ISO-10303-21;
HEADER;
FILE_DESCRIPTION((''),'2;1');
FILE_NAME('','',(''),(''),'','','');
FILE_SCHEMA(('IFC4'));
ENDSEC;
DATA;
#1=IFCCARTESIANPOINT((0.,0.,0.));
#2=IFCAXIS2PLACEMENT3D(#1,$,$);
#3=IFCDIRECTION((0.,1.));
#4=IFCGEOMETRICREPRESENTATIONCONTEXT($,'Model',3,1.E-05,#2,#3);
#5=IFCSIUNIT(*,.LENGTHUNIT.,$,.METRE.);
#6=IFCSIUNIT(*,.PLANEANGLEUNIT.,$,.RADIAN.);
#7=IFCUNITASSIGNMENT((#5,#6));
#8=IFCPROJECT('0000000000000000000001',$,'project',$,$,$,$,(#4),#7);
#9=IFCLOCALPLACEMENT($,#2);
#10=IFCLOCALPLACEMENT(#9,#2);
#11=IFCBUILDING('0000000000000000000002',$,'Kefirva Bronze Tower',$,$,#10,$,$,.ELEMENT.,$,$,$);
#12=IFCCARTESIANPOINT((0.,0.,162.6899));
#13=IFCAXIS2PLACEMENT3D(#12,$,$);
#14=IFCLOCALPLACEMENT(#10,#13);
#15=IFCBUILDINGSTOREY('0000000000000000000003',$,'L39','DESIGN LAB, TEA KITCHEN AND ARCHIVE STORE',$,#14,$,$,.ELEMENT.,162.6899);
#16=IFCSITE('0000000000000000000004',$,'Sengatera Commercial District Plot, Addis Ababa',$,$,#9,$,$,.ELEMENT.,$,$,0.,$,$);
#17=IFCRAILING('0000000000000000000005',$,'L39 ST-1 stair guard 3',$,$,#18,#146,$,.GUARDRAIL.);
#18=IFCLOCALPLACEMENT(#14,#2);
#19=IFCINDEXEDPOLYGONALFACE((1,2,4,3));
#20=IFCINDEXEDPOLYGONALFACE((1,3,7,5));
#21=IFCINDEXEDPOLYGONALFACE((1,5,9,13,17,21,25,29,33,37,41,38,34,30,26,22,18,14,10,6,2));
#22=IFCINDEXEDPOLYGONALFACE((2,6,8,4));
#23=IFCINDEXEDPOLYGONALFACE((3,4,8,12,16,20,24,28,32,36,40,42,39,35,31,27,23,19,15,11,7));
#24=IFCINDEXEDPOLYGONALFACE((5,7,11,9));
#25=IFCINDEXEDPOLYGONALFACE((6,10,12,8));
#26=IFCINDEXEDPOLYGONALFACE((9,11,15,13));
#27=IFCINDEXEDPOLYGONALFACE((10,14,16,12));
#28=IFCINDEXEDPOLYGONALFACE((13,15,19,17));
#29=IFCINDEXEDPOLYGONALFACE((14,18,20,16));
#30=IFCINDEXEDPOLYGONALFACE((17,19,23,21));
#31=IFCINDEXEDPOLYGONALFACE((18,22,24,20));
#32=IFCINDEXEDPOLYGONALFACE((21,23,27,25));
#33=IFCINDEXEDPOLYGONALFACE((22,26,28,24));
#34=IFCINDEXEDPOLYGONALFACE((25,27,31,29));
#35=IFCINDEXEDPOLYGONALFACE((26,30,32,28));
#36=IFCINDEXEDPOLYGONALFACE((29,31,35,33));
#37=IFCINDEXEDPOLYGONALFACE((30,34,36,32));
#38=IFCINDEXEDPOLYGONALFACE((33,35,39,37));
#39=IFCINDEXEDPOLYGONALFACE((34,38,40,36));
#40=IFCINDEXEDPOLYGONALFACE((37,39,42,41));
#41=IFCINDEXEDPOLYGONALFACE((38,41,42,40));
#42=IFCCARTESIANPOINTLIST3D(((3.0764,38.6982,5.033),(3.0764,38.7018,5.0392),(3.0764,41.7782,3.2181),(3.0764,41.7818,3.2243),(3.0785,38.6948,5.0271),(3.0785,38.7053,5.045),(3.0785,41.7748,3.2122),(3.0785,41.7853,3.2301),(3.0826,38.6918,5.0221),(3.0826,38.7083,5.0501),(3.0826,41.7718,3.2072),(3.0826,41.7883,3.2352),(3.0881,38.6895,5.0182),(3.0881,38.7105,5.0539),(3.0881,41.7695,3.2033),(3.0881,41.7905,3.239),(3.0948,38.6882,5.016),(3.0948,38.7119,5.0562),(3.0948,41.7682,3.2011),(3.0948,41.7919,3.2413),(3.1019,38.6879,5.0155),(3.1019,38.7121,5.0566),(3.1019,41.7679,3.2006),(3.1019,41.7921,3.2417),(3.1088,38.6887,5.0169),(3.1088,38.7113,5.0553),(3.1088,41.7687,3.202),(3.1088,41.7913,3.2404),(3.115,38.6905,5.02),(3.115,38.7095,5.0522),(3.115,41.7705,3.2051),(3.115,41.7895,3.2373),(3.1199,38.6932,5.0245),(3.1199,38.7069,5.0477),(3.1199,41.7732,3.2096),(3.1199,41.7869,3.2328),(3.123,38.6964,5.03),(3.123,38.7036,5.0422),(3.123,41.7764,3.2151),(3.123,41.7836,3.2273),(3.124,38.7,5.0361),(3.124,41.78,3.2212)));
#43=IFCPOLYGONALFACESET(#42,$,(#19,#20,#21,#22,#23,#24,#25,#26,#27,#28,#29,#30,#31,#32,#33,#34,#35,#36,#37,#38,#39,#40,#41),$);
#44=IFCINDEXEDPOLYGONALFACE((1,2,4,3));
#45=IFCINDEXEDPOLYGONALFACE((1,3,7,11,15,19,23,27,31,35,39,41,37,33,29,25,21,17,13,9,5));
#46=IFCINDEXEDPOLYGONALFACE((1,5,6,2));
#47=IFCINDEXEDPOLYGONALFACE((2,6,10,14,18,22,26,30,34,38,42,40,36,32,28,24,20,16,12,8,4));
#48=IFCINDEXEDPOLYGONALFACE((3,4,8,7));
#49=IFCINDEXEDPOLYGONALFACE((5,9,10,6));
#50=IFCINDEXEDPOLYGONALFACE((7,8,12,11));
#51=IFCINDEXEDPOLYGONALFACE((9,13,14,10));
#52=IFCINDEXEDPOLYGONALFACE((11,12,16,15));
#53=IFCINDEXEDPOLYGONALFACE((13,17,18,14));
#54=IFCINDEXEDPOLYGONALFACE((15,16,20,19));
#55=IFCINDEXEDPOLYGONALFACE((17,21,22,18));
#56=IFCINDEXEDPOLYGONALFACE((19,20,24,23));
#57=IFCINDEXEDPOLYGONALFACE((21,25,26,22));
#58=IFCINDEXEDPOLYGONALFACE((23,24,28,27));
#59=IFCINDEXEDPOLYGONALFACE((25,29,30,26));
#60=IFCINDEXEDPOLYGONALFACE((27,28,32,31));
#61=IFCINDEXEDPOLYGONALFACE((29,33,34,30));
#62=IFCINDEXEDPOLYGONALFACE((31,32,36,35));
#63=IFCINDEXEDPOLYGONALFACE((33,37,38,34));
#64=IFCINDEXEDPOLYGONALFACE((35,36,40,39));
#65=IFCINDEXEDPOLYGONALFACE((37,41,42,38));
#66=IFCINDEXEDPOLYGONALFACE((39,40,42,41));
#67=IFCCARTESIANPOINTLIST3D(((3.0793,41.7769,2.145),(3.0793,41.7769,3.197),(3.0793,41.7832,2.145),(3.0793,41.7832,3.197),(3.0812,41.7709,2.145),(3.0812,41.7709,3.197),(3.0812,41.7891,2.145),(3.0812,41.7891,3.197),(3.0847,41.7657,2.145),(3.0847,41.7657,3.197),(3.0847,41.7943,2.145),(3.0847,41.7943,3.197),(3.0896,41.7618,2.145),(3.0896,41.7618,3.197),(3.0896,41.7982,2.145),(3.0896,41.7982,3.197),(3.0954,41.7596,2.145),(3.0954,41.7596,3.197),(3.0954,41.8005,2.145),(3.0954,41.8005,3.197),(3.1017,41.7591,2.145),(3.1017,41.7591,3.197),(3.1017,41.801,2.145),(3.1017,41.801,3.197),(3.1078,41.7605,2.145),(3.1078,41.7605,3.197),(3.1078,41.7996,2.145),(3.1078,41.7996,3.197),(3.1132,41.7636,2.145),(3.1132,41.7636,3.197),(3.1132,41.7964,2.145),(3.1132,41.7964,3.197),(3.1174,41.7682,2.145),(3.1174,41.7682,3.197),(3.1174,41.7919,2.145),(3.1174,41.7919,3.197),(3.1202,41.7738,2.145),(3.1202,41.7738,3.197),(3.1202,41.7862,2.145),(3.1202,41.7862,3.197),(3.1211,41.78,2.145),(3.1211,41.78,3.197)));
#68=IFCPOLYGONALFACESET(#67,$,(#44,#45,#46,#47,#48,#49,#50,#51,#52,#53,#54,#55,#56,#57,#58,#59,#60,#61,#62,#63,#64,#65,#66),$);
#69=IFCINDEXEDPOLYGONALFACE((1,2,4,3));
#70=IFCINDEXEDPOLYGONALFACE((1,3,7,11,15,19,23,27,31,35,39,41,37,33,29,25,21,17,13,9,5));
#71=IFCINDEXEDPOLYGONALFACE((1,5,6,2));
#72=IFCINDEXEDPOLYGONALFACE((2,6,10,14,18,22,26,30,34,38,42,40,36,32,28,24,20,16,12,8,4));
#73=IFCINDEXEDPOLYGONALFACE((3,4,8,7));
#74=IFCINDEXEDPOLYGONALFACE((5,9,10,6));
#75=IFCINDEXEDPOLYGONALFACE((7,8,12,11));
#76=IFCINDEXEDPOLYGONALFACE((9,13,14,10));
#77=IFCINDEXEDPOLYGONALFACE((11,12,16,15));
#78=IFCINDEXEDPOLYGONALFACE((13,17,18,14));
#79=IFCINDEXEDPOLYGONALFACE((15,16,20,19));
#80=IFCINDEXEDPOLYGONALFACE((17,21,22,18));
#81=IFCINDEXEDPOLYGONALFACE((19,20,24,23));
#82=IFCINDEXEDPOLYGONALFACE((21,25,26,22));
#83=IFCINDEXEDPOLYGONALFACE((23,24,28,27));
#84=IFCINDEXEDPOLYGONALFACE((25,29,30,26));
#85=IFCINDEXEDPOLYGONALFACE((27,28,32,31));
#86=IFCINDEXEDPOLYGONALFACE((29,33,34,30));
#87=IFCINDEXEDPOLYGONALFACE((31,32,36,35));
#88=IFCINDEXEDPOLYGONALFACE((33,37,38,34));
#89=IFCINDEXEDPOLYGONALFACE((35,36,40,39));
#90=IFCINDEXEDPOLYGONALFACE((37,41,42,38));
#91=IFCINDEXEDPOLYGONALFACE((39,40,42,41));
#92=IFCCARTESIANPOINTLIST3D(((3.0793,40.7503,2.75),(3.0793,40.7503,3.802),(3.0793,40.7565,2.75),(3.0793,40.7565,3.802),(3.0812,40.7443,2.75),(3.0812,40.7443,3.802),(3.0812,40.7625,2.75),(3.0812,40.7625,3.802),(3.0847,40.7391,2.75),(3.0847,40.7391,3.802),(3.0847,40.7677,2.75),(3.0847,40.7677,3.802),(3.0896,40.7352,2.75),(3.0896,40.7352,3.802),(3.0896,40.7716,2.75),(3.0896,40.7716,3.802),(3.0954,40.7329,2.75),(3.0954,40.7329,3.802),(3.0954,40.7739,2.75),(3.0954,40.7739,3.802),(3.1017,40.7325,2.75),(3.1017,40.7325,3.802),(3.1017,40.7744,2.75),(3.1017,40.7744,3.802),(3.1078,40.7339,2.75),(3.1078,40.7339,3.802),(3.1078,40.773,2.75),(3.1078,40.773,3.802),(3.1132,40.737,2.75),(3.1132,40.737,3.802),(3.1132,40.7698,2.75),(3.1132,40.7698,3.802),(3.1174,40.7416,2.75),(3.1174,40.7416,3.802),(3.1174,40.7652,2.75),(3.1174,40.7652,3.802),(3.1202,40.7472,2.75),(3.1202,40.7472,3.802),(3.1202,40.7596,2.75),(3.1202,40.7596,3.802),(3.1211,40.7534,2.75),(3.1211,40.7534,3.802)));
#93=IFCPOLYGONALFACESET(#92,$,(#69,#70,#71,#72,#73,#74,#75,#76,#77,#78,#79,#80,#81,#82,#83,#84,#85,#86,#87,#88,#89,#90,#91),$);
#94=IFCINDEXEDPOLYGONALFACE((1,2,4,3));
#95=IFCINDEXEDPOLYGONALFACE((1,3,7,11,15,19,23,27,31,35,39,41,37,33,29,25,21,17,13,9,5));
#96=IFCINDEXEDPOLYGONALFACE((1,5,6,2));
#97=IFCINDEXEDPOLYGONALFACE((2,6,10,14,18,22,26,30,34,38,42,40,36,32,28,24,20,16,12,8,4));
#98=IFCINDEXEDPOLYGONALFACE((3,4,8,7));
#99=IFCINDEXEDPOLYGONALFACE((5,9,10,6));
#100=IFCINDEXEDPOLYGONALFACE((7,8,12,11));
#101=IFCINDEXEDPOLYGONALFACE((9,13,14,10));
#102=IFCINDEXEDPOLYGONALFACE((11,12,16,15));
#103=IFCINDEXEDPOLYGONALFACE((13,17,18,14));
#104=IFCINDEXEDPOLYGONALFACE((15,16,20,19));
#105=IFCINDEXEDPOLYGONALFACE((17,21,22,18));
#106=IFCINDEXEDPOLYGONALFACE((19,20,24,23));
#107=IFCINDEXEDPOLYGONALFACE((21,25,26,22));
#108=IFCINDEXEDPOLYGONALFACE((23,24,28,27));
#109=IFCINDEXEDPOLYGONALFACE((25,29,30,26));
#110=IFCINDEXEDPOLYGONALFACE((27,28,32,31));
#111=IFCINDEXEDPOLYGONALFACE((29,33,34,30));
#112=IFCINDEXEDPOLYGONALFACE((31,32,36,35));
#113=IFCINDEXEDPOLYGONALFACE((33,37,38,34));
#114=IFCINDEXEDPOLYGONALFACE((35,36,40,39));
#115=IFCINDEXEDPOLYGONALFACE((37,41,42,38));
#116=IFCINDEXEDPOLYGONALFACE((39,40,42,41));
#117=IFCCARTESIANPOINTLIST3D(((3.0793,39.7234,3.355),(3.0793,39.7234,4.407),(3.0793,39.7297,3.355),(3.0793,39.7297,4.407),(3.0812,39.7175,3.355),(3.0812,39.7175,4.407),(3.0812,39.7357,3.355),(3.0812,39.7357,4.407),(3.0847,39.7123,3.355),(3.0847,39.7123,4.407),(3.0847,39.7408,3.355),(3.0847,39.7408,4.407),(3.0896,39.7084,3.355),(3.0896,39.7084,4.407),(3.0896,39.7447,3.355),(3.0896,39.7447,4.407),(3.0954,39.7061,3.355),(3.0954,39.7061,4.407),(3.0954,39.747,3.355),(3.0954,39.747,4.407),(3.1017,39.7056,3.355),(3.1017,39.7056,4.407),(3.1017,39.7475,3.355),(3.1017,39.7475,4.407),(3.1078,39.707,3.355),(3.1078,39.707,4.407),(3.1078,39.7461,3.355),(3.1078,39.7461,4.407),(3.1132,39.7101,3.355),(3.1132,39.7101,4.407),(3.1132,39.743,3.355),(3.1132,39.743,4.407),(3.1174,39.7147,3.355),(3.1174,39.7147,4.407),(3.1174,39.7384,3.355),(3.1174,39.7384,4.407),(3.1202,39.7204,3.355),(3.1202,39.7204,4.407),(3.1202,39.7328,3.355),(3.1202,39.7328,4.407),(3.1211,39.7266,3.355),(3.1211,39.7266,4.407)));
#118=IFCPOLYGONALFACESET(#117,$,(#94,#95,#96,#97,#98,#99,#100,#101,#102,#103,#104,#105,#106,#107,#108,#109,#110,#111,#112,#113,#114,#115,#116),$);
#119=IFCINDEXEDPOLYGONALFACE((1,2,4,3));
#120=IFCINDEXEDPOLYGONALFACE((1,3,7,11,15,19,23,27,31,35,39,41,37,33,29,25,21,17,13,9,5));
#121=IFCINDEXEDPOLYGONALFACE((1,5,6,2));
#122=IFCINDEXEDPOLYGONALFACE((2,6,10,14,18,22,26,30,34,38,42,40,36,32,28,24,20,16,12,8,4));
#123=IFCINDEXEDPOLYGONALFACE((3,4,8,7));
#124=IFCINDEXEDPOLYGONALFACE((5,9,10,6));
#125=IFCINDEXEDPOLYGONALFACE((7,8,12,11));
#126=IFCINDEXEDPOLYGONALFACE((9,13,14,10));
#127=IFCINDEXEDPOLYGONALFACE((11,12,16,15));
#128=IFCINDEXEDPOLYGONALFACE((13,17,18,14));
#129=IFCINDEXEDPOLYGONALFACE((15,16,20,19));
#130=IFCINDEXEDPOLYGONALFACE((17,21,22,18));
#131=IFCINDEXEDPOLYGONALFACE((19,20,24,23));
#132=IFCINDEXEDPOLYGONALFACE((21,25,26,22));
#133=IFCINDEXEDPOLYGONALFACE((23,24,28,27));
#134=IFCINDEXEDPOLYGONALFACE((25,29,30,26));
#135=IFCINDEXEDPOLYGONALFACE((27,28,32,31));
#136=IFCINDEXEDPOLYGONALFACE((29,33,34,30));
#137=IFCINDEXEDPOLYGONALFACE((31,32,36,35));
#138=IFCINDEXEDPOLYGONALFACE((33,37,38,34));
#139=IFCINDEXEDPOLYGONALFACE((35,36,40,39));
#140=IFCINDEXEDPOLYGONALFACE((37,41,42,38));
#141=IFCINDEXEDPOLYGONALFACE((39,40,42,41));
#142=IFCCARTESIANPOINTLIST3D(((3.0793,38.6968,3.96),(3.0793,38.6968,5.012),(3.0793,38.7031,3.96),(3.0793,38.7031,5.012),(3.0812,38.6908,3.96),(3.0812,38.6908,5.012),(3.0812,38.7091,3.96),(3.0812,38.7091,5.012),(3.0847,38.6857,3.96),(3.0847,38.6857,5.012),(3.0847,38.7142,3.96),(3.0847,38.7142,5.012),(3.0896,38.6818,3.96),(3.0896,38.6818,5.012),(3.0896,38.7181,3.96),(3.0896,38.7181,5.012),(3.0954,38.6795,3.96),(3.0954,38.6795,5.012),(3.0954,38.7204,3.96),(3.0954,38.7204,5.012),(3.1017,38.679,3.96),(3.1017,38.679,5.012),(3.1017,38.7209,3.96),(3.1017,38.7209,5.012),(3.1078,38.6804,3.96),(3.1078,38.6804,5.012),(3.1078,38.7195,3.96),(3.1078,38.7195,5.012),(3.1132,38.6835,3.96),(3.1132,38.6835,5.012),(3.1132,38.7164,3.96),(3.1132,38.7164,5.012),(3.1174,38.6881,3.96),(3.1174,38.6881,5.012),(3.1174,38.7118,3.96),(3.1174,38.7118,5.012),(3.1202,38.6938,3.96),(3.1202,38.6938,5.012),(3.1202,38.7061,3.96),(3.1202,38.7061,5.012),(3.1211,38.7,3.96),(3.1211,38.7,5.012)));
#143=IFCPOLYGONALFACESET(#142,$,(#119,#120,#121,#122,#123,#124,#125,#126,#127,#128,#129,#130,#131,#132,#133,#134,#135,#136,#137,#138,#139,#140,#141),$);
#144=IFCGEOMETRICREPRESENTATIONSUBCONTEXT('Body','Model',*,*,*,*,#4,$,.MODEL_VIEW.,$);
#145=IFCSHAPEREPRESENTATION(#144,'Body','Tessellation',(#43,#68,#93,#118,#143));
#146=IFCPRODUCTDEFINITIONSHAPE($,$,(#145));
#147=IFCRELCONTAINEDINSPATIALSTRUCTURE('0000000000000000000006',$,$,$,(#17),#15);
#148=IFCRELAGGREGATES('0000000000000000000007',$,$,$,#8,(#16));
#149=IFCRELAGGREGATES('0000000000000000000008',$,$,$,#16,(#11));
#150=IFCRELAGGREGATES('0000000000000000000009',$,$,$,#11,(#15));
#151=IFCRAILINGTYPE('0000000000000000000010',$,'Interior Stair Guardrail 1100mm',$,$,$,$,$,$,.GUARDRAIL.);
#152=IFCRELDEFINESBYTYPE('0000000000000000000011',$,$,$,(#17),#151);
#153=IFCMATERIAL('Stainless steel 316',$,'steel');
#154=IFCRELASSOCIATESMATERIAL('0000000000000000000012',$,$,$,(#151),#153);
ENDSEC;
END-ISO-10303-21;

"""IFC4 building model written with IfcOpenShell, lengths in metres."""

from ifc_helpers import new_model, si_unit, direction, frame, origin, origin_2d, place, context, subcontext, project, spatial, circle, extrude, material, type_object, element, save


model = new_model("IFC4")

# Units and contexts
model_context = context("Model", 3, precision=1e-05, world=origin(), true_north=direction((0.0, 1.0)))
body_context = subcontext(model_context, "Body", "Model", "MODEL_VIEW")
ifc_project = project(units=[si_unit("LENGTHUNIT", "METRE"), si_unit("PLANEANGLEUNIT", "RADIAN")], contexts=[model_context])

# Site, building, storey
site_placement = place(None, origin())
site = spatial("IfcSite", under=ifc_project, at=site_placement, Name="Sengatera Commercial District Plot, Addis Ababa", CompositionType="ELEMENT", RefElevation=0.0)
building_placement = place(site_placement, origin())
building = spatial("IfcBuilding", under=site, at=building_placement, Name="Kefirva Bronze Tower", CompositionType="ELEMENT")
storey_placement = place(building_placement, frame((0.0, 0.0, 162.6899)))
storey = spatial("IfcBuildingStorey", under=building, at=storey_placement, Name="L39", Description="DESIGN LAB, TEA KITCHEN AND ARCHIVE STORE", CompositionType="ELEMENT", Elevation=162.6899)

# Railing
ifc_material_1 = material(Name="Stainless steel 316", Category="steel")
railing_type_1 = type_object("IfcRailingType", Name="Interior Stair Guardrail 1100mm", PredefinedType="GUARDRAIL", material=ifc_material_1)
railing_1_placement = place(storey_placement, frame((3.1001, 41.78, 2.145)))
element("IfcRailing", 1, at=railing_1_placement, inside=storey, type_object=railing_type_1, Name="L39 ST-1 stair guard 3", PredefinedType="GUARDRAIL", context=body_context, shape_type="SweptSolid", body=[
    extrude(circle(Radius=0.0239, at=origin_2d()), frame((0.0, 0.0, 1.0762), z_axis=(0.0, -0.861551, 0.507671), x_axis=(1.0, 0.0, 0.0)), (0.0, 0.0, 1.0), 3.575),
    extrude(circle(Radius=0.021, at=origin_2d()), origin(), (0.0, 0.0, 1.0), 1.052),
    extrude(circle(Radius=0.021, at=origin_2d()), frame((0.0, -1.0266, 0.605)), (0.0, 0.0, 1.0), 1.052),
    extrude(circle(Radius=0.021, at=origin_2d()), frame((0.0, -2.0535, 1.21)), (0.0, 0.0, 1.0), 1.052),
    extrude(circle(Radius=0.021, at=origin_2d()), frame((0.0, -3.0801, 1.8149)), (0.0, 0.0, 1.0), 1.052),
])

save(model, "model.ifc")
